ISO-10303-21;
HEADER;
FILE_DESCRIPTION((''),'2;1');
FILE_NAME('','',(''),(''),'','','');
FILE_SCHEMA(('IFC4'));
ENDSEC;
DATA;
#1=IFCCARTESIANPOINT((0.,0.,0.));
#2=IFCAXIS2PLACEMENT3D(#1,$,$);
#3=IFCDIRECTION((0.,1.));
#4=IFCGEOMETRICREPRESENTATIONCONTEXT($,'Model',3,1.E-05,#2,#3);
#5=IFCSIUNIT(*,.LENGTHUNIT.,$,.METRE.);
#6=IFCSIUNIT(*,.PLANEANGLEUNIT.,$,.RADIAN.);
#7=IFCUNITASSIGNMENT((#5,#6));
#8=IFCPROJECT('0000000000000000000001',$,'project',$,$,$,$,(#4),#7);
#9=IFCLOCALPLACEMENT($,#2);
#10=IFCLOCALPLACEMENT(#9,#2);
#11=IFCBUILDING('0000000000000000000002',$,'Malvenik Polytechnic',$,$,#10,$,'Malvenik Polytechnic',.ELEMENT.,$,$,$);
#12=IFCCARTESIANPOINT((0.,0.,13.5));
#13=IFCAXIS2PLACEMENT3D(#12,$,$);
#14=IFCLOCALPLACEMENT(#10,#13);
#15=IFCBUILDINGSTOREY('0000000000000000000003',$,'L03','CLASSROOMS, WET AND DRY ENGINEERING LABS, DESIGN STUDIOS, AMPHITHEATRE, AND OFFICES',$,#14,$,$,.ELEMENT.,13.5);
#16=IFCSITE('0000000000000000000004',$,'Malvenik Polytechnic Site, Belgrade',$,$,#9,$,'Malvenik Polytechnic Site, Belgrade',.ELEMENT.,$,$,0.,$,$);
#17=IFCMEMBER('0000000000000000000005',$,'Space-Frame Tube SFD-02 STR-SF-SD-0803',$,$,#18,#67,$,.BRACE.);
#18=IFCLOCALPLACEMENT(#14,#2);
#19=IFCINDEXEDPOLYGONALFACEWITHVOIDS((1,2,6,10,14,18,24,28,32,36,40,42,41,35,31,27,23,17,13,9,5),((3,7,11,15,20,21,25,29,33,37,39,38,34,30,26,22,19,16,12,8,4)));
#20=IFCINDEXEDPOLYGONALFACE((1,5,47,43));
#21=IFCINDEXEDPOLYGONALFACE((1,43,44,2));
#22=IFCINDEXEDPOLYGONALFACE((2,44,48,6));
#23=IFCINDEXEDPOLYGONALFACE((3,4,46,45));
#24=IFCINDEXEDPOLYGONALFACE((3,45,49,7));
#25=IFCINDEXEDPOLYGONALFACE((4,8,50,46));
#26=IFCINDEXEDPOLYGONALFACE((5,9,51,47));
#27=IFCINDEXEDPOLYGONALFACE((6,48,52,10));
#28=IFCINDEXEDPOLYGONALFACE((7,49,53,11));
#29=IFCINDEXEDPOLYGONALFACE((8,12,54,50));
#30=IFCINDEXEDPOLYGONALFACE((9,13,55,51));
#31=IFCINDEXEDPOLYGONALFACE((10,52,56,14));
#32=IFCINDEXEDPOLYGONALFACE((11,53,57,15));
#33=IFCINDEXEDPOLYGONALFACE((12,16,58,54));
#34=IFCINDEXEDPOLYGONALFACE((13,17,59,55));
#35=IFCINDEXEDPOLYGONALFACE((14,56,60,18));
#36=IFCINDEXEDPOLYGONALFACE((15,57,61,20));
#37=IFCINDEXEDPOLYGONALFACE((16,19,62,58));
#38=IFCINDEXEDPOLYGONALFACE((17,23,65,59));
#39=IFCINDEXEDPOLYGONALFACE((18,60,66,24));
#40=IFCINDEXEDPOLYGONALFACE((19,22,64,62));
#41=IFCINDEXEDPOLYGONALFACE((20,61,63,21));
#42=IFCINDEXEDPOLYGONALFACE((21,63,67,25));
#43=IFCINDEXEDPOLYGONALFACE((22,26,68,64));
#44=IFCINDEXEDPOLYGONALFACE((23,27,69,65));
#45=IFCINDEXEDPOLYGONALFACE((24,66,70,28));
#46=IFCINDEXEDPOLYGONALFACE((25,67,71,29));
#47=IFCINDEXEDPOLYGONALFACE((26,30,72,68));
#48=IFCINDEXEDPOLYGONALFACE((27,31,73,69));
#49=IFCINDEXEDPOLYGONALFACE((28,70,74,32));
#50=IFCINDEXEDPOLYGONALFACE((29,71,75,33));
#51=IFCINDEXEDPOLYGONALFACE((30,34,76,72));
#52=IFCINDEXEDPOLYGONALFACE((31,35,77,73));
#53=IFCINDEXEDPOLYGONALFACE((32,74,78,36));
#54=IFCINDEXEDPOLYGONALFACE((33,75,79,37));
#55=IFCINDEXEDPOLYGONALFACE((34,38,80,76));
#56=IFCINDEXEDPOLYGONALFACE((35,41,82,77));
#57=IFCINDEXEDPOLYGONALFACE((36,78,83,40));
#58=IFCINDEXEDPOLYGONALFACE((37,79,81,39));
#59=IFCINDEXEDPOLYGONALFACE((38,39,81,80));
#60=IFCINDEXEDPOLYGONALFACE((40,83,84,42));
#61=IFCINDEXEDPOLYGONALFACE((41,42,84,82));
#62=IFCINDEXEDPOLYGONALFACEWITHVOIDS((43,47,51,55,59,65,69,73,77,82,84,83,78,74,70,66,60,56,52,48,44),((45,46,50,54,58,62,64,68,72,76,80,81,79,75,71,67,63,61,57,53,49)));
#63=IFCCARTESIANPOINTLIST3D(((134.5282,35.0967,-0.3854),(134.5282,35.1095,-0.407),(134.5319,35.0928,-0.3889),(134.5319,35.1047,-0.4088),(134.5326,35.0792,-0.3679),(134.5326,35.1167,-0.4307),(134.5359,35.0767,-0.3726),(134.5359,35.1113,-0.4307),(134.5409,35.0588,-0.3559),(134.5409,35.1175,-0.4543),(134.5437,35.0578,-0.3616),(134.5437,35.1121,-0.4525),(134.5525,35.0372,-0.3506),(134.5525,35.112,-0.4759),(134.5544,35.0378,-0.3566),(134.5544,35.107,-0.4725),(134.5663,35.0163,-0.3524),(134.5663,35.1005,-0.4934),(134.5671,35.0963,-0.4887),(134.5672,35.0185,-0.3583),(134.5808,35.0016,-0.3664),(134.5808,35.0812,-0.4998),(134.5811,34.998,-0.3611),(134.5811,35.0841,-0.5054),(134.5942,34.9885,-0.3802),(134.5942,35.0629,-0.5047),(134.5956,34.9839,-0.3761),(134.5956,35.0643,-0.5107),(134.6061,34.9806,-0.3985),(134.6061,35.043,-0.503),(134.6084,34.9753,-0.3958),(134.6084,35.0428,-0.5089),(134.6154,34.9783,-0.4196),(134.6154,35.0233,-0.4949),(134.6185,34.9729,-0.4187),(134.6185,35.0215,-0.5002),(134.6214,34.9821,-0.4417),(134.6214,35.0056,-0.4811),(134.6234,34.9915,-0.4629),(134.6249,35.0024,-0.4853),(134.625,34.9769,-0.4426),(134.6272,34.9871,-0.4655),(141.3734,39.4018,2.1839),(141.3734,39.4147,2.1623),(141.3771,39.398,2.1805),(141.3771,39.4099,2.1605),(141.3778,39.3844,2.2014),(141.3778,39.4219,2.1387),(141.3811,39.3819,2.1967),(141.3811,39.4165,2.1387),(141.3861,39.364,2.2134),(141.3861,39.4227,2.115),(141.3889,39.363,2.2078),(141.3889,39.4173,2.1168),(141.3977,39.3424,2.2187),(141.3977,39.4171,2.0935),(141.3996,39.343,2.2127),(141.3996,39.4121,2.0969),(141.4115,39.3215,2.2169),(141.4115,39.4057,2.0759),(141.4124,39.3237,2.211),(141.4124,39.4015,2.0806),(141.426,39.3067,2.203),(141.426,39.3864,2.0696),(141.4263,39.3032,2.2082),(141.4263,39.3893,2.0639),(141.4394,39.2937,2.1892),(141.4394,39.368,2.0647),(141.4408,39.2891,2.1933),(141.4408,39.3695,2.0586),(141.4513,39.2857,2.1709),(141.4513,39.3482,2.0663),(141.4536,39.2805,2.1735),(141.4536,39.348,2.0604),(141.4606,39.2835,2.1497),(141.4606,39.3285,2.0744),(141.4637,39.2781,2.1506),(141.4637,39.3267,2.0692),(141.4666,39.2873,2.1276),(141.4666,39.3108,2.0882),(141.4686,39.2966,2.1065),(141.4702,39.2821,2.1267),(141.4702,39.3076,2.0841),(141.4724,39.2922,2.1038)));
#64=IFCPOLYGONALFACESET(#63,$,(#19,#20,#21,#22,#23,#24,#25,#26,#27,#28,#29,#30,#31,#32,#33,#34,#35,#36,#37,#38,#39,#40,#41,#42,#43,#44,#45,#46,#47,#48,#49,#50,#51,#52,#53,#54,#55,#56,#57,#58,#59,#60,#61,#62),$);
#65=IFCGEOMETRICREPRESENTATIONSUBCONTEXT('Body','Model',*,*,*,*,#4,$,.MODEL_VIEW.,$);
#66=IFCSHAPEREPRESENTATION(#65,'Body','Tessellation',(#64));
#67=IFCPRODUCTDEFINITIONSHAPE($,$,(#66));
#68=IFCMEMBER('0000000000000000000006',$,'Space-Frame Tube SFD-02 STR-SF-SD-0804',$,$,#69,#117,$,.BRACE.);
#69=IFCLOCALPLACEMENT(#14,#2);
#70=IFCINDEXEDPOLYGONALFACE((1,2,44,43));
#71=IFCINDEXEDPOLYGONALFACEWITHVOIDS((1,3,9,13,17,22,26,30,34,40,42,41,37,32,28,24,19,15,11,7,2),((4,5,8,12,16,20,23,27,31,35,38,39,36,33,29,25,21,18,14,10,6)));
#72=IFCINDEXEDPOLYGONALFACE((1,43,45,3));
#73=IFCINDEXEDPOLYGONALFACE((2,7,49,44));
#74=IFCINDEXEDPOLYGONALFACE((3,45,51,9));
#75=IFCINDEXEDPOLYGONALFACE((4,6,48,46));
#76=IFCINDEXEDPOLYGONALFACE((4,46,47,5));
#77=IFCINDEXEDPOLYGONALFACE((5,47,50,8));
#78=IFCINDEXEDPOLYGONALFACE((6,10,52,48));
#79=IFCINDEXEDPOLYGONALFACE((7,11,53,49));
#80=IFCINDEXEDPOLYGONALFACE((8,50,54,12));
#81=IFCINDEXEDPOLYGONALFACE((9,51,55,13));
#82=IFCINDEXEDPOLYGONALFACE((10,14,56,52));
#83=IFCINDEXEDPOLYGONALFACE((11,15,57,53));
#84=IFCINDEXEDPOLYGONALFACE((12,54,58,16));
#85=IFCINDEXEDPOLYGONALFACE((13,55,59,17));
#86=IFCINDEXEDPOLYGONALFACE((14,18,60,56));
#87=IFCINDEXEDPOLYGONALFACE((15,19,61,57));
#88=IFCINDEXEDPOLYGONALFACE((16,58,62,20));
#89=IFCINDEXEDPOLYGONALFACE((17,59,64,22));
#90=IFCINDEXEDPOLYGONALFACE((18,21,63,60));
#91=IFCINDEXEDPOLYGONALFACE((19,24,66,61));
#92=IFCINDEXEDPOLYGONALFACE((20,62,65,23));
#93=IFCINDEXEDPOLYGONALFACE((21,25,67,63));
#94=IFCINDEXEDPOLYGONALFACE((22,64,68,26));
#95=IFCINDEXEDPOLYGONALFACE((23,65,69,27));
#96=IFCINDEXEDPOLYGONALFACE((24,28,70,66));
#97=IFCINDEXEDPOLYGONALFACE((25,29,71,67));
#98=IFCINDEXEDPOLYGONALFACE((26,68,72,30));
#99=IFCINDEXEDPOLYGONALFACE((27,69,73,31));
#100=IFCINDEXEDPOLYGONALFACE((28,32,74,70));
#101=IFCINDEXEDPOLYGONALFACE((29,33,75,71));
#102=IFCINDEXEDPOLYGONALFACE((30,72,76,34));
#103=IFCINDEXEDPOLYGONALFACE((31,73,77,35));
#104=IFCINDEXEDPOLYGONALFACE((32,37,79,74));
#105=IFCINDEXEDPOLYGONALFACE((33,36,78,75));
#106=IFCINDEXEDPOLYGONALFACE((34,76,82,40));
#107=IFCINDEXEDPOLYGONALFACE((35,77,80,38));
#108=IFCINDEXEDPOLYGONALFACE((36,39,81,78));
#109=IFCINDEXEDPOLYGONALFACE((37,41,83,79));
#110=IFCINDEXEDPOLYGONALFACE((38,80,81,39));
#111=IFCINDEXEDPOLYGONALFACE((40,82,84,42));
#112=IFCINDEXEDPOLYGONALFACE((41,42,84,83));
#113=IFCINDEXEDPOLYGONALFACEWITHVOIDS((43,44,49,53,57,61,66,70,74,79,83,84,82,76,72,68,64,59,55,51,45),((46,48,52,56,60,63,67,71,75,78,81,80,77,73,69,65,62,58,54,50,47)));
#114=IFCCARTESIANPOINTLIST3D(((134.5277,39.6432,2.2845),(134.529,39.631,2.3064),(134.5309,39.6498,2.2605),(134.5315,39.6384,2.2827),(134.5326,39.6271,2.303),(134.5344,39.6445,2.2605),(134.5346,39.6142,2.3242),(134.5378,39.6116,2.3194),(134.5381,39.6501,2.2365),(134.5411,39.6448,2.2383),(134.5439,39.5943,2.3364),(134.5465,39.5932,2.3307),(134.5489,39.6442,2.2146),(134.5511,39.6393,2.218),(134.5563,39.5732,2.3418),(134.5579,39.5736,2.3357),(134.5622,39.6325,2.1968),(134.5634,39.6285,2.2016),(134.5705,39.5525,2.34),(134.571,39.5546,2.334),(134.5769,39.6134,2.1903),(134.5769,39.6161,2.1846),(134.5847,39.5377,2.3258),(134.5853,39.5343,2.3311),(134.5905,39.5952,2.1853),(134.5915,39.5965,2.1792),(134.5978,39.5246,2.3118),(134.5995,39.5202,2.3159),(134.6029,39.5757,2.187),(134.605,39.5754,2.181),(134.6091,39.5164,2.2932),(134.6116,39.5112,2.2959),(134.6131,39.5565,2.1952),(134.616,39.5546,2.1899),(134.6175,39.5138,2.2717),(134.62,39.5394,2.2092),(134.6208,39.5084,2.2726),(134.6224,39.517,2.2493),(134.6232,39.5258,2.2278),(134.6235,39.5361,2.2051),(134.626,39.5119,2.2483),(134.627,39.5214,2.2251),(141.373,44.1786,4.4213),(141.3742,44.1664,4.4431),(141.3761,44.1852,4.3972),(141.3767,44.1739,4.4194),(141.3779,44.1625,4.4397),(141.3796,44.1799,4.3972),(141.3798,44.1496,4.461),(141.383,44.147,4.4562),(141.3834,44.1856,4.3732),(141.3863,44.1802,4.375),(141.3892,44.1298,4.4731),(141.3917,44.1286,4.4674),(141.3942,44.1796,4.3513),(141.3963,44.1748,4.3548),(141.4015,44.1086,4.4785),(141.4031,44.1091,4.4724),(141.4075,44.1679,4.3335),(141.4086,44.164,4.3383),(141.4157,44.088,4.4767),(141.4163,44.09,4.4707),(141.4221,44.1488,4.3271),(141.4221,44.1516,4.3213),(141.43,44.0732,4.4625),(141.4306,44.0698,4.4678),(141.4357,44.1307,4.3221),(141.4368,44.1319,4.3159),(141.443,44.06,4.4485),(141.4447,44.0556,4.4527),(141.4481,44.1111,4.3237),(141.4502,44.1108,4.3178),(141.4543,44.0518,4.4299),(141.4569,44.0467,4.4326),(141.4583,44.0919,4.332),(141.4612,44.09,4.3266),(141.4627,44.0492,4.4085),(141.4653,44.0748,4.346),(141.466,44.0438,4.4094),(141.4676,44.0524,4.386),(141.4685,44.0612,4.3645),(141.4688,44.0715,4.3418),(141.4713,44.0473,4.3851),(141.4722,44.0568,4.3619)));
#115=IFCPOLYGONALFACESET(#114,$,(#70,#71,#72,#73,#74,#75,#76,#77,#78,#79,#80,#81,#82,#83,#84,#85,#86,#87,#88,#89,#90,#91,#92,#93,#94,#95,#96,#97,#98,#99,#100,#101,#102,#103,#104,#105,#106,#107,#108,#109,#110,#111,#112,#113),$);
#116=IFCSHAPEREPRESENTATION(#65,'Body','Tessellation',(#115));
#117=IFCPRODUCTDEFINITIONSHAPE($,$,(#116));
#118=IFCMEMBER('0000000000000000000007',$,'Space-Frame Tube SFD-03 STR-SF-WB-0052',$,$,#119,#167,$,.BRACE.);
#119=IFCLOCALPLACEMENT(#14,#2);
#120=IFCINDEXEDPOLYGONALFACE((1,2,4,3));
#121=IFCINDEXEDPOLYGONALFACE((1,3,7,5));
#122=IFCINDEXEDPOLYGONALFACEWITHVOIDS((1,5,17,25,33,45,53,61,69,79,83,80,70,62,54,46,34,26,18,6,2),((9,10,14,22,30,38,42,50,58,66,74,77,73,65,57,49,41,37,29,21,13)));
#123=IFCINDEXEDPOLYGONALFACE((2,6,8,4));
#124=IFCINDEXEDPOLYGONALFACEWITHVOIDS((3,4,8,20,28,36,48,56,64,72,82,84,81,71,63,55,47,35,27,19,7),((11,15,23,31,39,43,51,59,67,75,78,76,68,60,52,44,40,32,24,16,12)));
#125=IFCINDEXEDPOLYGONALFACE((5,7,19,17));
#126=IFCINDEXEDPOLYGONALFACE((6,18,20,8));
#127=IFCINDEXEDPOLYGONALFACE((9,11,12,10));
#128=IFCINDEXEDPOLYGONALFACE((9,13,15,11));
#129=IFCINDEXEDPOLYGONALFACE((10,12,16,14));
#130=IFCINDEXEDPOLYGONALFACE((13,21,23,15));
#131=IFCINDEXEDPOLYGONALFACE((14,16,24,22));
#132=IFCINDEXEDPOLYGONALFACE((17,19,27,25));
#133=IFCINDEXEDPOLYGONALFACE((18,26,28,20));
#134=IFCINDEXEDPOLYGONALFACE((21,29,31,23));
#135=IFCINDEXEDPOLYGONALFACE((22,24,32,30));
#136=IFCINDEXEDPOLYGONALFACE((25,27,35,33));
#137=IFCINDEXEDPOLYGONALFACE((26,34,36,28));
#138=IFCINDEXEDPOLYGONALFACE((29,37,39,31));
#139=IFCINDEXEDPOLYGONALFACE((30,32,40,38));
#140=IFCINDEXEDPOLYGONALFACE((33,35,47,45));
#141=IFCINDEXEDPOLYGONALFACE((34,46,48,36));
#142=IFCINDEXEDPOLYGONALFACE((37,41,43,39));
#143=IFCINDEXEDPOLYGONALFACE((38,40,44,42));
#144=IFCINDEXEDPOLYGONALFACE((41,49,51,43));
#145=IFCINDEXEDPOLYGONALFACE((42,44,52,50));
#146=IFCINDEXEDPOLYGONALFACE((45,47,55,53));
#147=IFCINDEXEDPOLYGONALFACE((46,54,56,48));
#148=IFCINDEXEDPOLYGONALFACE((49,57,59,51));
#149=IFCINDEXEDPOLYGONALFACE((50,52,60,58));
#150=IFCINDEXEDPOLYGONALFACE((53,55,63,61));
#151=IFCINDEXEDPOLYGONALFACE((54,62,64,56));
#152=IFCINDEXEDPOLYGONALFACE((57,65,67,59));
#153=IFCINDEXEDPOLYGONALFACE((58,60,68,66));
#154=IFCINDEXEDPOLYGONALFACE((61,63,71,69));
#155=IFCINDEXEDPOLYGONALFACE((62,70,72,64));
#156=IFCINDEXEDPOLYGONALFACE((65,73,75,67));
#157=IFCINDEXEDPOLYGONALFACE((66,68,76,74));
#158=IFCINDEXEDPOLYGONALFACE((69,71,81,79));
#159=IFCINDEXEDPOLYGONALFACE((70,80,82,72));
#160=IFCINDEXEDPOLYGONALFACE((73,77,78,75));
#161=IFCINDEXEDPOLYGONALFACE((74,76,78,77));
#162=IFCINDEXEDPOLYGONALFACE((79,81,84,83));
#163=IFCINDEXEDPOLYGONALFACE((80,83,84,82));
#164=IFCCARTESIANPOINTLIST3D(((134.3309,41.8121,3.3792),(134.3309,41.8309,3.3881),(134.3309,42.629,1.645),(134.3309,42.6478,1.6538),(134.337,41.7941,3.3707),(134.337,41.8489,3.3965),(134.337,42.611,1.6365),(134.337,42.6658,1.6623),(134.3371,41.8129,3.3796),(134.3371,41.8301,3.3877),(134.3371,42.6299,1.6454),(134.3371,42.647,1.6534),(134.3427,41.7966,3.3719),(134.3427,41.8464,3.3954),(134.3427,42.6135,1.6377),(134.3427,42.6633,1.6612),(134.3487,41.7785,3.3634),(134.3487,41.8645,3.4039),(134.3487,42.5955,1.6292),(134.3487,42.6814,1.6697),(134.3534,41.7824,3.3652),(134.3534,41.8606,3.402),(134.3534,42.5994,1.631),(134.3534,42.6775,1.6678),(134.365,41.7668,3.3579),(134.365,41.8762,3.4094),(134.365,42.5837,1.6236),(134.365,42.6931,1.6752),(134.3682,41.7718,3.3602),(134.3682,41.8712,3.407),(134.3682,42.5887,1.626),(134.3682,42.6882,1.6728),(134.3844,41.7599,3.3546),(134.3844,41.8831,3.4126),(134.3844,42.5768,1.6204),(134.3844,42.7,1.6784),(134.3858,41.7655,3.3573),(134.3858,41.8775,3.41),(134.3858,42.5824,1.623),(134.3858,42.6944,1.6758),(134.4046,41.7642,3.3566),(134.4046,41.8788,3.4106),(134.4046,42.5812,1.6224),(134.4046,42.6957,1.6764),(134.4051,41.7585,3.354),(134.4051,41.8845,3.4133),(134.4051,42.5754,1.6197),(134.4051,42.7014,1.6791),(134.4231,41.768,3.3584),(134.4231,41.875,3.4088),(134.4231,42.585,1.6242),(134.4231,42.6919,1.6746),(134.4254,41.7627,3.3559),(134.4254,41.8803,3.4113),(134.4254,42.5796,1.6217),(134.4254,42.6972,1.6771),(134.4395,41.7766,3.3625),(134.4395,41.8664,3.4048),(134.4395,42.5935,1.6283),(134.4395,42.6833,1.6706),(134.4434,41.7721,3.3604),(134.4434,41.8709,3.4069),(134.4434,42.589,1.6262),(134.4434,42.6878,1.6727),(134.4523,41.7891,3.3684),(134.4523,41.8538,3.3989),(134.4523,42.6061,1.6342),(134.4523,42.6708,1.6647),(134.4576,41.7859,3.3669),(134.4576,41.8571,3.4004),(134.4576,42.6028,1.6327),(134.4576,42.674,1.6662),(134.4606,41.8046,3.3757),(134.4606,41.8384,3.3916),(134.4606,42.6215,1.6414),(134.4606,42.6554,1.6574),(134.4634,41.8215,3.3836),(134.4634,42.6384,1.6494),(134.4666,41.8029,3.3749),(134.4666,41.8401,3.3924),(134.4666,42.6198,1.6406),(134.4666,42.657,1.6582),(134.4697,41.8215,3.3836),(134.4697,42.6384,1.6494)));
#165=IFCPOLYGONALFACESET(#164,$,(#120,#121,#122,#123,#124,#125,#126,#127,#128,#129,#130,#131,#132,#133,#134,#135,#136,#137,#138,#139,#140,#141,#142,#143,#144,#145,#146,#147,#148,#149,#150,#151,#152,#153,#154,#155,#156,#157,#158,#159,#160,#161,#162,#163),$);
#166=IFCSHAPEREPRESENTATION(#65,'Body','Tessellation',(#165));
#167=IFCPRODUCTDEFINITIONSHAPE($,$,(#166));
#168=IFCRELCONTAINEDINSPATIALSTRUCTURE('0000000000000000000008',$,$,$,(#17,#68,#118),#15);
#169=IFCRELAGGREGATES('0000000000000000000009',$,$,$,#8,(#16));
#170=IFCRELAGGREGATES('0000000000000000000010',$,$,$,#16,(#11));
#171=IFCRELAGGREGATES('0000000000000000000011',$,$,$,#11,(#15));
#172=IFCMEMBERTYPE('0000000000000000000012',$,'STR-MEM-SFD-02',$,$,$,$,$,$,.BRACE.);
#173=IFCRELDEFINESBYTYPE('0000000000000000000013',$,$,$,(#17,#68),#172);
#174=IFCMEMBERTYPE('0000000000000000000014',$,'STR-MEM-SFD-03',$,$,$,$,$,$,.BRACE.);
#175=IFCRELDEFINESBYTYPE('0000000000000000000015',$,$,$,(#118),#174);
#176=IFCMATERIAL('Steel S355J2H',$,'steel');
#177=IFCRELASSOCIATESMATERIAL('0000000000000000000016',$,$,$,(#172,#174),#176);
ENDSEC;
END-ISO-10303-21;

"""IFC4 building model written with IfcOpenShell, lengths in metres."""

from ifc_helpers import new_model, si_unit, direction, frame, origin, origin_2d, place, context, subcontext, project, spatial, hollow_circle, extrude, material, material_profile, profile_set, type_object, element, save


model = new_model("IFC4")

# Units and contexts
model_context = context("Model", 3, precision=1e-05, world=origin(), true_north=direction((0.0, 1.0)))
body_context = subcontext(model_context, "Body", "Model", "MODEL_VIEW")
ifc_project = project(units=[si_unit("LENGTHUNIT", "METRE"), si_unit("PLANEANGLEUNIT", "RADIAN")], contexts=[model_context])

# Site, building, storey
site_placement = place(None, origin())
site = spatial("IfcSite", under=ifc_project, at=site_placement, Name="Malvenik Polytechnic Site, Belgrade", LongName="Malvenik Polytechnic Site, Belgrade", CompositionType="ELEMENT", RefElevation=0.0)
building_placement = place(site_placement, origin())
building = spatial("IfcBuilding", under=site, at=building_placement, Name="Malvenik Polytechnic", LongName="Malvenik Polytechnic", CompositionType="ELEMENT")
storey_placement = place(building_placement, frame((0.0, 0.0, 13.5)))
storey = spatial("IfcBuildingStorey", under=building, at=storey_placement, Name="L03", Description="CLASSROOMS, WET AND DRY ENGINEERING LABS, DESIGN STUDIOS, AMPHITHEATRE, AND OFFICES", CompositionType="ELEMENT", Elevation=13.5)

# Members
ifc_material_1 = material(Name="Steel S355J2H", Category="steel")
ifc_material_profile_1 = material_profile(ifc_material_1, hollow_circle(Radius=0.0842, WallThickness=0.0063, at=origin_2d()), Name="CHS 168.3x6.3")
ifc_profile_set_1 = profile_set([ifc_material_profile_1], Name="Steel S355J2H")
member_type_1 = type_object("IfcMemberType", Name="STR-MEM-SFD-02", PredefinedType="BRACE", material=ifc_profile_set_1)
for number, where, z_axis, x_axis, name in (
    (1, (134.5774, 35.0454, -0.4307), (0.806756, 0.507395, 0.302814), (-0.53239, 0.846499, 0.0), "Space-Frame Tube SFD-02 STR-SF-SD-0803"),
    (2, (134.5774, 39.5796, 2.2605), (0.806759, 0.53453, 0.251828), (-0.552331, 0.833625, 0.0), "Space-Frame Tube SFD-02 STR-SF-SD-0804"),
):
    element("IfcMember", number, at=place(storey_placement, frame(where, z_axis=z_axis, x_axis=x_axis)), inside=storey, type_object=member_type_1, Name=name, PredefinedType="BRACE", context=body_context, shape_type="SweptSolid", body=[
        extrude(hollow_circle(Radius=0.0842, WallThickness=0.0063, at=origin_2d()), origin(), (0.0, 0.0, 1.0), 8.4849),
    ])
ifc_material_profile_2 = material_profile(ifc_material_1, hollow_circle(Radius=0.0698, WallThickness=0.0063, at=origin_2d()), Name="CHS 139.7x6.3")
ifc_profile_set_2 = profile_set([ifc_material_profile_2], Name="Steel S355J2H")
member_type_2 = type_object("IfcMemberType", Name="STR-MEM-SFD-03", PredefinedType="BRACE", material=ifc_profile_set_2)
for number, where, z_axis, x_axis, name in (
    (3, (134.3999, 42.6384, 1.6494), (0.0, -0.426153, 0.904651), (1.0, 0.0, 0.0), "Space-Frame Tube SFD-03 STR-SF-WB-0052"),
):
    element("IfcMember", number, at=place(storey_placement, frame(where, z_axis=z_axis, x_axis=x_axis)), inside=storey, type_object=member_type_2, Name=name, PredefinedType="BRACE", context=body_context, shape_type="SweptSolid", body=[
        extrude(hollow_circle(Radius=0.0698, WallThickness=0.0063, at=origin_2d()), origin(), (0.0, 0.0, 1.0), 1.917),
    ])

save(model, "model.ifc")
